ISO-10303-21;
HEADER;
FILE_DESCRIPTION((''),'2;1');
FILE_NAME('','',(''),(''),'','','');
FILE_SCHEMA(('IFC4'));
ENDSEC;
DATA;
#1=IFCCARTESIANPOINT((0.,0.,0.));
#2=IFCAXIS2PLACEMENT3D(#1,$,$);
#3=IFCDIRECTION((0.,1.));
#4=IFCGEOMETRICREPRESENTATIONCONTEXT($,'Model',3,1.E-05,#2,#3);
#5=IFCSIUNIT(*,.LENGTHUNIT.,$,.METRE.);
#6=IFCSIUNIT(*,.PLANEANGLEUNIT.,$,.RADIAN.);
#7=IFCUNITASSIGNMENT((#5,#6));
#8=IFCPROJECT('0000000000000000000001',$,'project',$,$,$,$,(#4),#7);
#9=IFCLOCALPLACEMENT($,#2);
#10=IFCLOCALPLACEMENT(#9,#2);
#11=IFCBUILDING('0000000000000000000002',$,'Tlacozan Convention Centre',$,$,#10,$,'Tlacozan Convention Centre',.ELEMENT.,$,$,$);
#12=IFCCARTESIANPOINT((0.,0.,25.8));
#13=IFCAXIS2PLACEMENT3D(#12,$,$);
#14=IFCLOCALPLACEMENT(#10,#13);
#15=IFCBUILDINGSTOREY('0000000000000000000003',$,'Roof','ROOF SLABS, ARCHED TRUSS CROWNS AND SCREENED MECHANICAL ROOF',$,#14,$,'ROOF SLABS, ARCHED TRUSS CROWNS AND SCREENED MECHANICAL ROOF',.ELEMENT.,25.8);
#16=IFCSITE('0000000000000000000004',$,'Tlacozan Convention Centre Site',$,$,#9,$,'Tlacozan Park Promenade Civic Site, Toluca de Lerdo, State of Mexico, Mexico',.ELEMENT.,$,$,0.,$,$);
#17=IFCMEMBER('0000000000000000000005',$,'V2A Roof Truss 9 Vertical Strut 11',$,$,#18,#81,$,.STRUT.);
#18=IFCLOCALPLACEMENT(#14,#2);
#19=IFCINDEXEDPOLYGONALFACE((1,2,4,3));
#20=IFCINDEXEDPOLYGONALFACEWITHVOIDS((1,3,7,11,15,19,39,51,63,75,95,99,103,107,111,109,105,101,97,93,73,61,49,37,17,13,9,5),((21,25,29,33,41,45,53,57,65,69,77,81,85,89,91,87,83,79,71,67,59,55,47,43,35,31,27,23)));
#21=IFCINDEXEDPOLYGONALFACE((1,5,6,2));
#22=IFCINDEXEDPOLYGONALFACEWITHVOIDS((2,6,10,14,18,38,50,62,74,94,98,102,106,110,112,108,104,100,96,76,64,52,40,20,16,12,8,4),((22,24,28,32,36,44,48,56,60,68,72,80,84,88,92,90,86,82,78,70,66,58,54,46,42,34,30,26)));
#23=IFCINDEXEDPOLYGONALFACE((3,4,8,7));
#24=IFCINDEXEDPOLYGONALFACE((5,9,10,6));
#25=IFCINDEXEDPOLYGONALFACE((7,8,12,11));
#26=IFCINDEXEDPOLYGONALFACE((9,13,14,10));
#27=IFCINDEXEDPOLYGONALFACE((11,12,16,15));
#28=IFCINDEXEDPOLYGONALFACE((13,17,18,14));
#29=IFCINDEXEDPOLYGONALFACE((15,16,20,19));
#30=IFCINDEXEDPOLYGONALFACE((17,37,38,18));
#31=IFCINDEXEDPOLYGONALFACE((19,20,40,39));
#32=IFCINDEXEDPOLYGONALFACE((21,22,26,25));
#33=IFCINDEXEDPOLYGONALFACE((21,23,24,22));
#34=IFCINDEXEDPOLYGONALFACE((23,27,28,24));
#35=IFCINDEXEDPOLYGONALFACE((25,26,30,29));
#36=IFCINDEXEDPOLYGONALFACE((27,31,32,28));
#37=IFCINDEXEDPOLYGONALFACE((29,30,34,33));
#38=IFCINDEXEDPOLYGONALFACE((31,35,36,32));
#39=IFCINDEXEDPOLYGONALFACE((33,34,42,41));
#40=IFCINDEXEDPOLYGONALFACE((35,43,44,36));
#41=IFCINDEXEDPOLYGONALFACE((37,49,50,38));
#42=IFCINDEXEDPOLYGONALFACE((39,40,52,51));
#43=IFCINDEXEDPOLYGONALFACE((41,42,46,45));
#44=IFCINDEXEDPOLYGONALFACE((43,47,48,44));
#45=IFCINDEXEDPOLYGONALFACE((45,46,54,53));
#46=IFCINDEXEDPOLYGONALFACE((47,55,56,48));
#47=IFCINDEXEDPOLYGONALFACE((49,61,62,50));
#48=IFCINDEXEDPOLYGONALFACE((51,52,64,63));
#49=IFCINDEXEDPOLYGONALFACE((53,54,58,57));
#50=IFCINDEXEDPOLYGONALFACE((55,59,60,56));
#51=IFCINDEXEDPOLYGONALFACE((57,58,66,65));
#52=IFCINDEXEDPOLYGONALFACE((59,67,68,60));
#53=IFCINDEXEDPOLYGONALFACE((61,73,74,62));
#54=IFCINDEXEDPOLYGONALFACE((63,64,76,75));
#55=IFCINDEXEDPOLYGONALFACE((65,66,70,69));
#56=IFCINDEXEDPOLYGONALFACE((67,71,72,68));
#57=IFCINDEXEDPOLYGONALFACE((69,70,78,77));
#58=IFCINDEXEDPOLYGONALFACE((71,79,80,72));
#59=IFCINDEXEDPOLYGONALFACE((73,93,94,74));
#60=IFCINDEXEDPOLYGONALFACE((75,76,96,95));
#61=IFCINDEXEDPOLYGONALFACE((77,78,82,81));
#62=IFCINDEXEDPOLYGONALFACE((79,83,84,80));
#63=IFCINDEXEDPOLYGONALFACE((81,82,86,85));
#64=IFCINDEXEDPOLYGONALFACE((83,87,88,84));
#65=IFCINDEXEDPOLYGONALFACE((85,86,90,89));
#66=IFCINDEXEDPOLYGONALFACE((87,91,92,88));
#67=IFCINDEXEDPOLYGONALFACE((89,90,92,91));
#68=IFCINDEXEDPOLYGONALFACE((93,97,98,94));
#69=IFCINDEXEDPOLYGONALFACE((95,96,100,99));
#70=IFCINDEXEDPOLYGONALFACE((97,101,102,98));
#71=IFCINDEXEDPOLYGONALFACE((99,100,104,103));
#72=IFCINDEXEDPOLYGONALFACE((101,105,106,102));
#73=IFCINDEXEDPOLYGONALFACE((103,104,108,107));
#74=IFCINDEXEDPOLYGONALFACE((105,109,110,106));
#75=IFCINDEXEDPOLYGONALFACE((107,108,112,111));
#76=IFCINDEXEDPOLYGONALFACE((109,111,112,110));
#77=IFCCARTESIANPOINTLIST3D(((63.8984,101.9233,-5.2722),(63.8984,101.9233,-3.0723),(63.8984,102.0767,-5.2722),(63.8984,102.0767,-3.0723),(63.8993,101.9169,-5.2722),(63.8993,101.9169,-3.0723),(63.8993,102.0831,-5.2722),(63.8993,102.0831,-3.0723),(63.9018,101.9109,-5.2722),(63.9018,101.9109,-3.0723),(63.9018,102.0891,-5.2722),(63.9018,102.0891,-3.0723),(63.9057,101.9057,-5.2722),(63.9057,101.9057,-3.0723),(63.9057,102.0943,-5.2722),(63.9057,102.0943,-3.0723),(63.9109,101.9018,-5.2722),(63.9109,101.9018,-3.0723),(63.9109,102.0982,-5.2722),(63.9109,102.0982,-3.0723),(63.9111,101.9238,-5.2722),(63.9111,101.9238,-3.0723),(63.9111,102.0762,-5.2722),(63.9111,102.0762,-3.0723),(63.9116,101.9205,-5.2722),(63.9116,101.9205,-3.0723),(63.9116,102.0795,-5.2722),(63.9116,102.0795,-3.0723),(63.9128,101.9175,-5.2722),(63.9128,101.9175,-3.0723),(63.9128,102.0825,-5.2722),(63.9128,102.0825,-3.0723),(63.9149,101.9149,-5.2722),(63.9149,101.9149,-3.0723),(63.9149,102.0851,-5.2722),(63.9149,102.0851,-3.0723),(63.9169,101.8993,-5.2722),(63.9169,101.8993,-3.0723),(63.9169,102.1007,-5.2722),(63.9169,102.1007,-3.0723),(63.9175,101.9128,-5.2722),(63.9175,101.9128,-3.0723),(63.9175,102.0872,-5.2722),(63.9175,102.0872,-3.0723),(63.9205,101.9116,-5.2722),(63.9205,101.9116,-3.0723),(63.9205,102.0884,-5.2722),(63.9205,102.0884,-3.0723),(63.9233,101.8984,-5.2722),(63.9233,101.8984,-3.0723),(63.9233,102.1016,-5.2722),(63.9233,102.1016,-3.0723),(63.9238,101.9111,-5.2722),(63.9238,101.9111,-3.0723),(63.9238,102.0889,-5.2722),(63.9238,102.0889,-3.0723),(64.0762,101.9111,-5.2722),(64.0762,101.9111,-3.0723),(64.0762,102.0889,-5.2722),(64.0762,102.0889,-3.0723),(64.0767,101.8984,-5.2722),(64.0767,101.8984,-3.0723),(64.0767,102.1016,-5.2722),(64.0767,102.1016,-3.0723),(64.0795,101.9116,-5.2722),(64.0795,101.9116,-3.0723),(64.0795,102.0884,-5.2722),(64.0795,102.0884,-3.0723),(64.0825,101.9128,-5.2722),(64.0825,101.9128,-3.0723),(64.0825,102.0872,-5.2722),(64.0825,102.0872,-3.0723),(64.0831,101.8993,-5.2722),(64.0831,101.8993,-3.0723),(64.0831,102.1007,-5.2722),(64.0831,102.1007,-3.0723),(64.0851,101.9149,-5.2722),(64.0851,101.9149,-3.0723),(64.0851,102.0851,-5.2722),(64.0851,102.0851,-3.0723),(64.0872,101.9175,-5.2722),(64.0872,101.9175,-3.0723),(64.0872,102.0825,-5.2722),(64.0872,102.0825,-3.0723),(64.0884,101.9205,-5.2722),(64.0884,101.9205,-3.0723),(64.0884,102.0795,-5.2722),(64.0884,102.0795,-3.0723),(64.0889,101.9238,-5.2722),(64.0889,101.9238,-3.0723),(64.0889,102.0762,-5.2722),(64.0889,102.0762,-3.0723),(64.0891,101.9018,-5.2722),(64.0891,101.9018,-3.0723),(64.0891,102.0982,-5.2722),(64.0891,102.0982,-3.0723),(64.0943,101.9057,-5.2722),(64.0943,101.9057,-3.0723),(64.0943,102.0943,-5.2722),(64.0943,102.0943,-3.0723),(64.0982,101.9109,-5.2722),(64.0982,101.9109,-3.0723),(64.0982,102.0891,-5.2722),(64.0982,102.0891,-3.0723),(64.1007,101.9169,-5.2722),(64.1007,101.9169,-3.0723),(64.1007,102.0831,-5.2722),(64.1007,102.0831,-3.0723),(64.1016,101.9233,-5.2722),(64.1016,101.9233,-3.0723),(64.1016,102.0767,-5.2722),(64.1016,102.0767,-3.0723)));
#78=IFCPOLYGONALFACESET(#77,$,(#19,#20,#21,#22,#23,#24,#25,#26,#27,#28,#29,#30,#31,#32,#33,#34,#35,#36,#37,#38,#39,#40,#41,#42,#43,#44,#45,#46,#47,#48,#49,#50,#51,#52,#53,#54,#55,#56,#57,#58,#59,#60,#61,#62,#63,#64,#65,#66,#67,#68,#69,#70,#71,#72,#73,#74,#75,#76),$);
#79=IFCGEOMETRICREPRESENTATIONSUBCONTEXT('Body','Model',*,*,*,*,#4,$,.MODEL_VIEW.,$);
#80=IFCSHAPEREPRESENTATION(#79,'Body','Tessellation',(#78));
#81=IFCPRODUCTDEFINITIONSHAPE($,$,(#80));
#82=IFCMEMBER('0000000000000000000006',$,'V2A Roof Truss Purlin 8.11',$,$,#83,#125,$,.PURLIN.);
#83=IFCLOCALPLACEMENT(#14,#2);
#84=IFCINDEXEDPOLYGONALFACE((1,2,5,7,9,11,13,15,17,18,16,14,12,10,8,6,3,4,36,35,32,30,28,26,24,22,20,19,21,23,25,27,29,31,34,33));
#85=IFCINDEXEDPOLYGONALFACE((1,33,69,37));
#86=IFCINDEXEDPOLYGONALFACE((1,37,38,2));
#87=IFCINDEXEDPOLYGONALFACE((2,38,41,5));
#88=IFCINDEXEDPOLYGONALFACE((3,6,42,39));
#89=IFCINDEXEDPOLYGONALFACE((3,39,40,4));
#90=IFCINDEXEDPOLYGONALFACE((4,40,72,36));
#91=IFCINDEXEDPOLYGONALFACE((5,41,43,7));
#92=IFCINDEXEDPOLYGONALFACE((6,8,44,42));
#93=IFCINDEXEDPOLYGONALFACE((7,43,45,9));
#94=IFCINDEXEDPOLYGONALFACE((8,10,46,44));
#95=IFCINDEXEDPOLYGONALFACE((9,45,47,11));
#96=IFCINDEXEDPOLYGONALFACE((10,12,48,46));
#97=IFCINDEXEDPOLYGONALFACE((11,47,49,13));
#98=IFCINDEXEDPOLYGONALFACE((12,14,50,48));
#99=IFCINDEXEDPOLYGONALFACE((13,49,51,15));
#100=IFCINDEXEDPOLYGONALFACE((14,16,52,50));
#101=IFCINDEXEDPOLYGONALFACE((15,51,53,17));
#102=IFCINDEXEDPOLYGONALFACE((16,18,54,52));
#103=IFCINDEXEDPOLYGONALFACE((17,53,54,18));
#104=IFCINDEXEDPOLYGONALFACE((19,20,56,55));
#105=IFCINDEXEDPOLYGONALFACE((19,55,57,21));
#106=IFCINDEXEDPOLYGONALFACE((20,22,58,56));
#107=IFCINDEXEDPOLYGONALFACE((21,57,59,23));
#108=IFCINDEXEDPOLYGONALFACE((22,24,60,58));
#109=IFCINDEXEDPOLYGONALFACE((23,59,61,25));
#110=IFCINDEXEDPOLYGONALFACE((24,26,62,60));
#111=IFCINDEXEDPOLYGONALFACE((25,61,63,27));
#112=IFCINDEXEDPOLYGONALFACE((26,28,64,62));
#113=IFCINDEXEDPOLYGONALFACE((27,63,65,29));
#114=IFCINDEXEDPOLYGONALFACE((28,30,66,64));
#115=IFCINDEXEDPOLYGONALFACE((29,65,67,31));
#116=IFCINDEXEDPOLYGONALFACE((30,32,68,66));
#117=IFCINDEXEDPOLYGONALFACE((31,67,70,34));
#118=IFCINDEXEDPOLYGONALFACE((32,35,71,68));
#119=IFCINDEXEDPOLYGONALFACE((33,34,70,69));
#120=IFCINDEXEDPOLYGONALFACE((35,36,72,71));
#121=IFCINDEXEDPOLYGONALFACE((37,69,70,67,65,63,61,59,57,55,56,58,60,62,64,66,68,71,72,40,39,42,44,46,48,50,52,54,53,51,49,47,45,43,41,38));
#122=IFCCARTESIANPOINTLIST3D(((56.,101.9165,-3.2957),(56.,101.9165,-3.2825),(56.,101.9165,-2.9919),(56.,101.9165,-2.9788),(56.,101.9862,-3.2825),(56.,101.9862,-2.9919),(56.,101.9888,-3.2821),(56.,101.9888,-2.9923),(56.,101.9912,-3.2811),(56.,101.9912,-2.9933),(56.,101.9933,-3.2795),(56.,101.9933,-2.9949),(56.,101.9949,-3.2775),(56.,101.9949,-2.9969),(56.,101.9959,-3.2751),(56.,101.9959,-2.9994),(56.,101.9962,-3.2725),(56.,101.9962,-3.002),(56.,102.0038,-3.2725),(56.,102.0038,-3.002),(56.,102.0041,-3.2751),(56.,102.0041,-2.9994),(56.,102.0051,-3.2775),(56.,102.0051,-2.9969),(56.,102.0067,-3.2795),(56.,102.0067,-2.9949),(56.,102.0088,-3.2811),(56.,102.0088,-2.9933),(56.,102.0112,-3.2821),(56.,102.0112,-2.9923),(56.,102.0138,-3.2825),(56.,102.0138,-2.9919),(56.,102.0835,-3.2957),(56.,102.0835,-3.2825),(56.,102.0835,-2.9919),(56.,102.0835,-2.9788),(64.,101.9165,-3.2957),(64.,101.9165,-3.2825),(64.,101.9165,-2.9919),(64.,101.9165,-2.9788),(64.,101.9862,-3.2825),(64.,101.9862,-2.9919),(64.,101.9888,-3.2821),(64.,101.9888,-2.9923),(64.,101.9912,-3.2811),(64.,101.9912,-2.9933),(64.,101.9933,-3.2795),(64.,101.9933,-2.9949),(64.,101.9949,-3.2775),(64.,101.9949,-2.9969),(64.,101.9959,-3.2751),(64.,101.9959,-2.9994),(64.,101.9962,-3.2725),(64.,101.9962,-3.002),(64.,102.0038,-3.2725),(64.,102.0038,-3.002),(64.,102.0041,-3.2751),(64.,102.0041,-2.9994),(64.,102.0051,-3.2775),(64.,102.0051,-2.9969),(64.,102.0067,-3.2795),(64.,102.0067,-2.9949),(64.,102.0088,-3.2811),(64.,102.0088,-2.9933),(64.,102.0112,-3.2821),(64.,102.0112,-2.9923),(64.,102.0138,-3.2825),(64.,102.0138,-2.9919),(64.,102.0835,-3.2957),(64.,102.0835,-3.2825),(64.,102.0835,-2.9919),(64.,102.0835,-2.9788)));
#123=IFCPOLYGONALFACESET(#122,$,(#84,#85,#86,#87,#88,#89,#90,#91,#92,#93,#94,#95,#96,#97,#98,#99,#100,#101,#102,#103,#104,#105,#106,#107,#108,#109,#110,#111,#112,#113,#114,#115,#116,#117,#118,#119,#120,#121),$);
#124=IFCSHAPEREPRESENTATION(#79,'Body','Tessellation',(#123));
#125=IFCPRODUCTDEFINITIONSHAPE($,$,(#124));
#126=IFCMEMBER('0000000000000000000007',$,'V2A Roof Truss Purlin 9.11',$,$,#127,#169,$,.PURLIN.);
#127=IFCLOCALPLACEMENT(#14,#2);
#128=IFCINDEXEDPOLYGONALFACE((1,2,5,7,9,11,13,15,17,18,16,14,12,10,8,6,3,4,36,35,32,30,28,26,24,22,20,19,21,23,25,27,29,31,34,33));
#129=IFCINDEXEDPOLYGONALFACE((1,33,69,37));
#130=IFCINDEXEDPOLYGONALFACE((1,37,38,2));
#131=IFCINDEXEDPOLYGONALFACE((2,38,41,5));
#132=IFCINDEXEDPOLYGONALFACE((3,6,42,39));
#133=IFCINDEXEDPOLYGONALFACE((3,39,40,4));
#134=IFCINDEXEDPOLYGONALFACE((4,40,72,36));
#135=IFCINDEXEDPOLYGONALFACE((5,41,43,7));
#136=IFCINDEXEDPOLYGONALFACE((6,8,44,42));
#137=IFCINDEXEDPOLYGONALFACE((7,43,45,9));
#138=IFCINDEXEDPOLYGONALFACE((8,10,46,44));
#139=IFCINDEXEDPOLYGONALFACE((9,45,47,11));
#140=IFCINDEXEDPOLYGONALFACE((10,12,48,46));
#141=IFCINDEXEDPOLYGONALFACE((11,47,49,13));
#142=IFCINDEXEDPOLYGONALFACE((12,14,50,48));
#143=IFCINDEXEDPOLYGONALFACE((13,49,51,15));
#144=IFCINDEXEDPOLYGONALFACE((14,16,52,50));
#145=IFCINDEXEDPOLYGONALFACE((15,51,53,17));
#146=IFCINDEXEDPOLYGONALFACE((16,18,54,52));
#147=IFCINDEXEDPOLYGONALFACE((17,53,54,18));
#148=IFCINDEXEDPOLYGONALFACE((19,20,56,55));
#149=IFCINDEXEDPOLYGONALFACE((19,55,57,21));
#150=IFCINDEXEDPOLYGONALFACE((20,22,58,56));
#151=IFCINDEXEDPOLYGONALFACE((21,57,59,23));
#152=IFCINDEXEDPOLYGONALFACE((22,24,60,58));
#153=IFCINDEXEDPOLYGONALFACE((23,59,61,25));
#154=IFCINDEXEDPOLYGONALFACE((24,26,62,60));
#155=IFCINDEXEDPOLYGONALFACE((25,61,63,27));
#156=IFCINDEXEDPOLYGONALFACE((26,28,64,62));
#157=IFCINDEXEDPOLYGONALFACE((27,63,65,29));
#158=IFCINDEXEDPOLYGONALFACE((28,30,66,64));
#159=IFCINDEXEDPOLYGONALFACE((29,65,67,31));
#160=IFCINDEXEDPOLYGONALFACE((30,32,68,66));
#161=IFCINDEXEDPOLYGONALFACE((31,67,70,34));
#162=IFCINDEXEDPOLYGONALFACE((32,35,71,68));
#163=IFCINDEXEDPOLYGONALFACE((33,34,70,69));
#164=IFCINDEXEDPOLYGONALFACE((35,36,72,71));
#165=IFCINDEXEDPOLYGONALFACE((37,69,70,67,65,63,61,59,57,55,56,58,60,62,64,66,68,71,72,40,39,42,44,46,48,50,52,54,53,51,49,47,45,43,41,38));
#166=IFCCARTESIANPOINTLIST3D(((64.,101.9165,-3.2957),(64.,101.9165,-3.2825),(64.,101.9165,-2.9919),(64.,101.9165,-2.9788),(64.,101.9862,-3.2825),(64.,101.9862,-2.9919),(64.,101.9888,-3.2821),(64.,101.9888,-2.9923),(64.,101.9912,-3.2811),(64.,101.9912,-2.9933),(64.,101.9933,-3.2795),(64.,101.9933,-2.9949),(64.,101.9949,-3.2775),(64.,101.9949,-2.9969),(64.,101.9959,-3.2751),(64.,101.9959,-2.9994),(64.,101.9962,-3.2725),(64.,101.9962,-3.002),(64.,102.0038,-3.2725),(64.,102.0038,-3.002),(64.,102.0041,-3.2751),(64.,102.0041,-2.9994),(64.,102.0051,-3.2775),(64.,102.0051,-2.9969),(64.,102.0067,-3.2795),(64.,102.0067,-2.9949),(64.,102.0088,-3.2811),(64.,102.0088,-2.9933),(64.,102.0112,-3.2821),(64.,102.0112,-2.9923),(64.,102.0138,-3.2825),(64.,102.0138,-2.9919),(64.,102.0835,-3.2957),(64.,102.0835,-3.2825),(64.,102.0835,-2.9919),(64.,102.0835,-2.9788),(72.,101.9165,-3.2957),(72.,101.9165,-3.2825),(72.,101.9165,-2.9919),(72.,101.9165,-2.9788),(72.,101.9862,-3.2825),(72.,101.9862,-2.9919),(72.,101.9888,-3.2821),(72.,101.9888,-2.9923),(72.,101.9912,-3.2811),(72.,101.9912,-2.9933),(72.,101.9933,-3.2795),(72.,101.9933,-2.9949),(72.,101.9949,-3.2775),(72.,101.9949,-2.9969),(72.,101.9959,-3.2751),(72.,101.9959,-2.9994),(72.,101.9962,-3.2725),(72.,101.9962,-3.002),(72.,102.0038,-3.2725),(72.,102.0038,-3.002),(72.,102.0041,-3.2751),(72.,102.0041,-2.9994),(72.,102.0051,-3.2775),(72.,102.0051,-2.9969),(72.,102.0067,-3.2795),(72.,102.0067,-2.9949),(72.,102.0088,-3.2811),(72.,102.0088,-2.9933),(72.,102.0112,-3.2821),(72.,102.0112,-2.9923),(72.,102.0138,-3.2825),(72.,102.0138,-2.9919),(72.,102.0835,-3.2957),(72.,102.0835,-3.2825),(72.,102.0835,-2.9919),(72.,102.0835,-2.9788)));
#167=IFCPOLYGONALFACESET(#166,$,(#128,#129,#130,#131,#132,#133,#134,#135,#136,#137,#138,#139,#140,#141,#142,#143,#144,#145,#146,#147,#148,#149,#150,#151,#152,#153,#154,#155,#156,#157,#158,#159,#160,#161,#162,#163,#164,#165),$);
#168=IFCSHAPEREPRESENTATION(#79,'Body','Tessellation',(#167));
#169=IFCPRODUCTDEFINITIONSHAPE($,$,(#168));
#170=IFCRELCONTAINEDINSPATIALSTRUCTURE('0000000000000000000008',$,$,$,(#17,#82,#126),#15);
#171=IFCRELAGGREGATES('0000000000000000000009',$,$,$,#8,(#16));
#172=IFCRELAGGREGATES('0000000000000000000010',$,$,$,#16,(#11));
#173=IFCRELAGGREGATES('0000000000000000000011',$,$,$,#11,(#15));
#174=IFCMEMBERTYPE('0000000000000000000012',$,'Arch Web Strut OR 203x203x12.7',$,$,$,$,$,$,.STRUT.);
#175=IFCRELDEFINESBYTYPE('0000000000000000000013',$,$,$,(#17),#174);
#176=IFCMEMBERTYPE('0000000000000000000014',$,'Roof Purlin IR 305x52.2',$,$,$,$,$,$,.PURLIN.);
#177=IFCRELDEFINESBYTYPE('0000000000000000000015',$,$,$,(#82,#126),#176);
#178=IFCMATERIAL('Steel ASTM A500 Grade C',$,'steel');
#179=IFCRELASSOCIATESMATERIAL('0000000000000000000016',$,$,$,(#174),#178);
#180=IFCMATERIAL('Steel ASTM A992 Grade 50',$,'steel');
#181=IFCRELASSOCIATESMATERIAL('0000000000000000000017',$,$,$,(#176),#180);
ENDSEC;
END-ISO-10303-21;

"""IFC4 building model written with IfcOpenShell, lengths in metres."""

from ifc_helpers import new_model, si_unit, direction, frame, origin, origin_2d, place, context, subcontext, project, spatial, hollow_rectangle, i_section, extrude, material, material_profile, profile_set, type_object, element, save


model = new_model("IFC4")

# Units and contexts
model_context = context("Model", 3, precision=1e-05, world=origin(), true_north=direction((0.0, 1.0)))
body_context = subcontext(model_context, "Body", "Model", "MODEL_VIEW")
ifc_project = project(units=[si_unit("LENGTHUNIT", "METRE"), si_unit("PLANEANGLEUNIT", "RADIAN")], contexts=[model_context])

# Site, building, storey
site_placement = place(None, origin())
site = spatial("IfcSite", under=ifc_project, at=site_placement, Name="Tlacozan Convention Centre Site", LongName="Tlacozan Park Promenade Civic Site, Toluca de Lerdo, State of Mexico, Mexico", CompositionType="ELEMENT", RefElevation=0.0)
building_placement = place(site_placement, origin())
building = spatial("IfcBuilding", under=site, at=building_placement, Name="Tlacozan Convention Centre", LongName="Tlacozan Convention Centre", CompositionType="ELEMENT")
storey_placement = place(building_placement, frame((0.0, 0.0, 25.8)))
storey = spatial("IfcBuildingStorey", under=building, at=storey_placement, Name="Roof", Description="ROOF SLABS, ARCHED TRUSS CROWNS AND SCREENED MECHANICAL ROOF", LongName="ROOF SLABS, ARCHED TRUSS CROWNS AND SCREENED MECHANICAL ROOF", CompositionType="ELEMENT", Elevation=25.8)

# Members
ifc_material_1 = material(Name="Steel ASTM A500 Grade C", Category="steel")
ifc_material_profile_1 = material_profile(ifc_material_1, hollow_rectangle(XDim=0.2031, YDim=0.2031, WallThickness=0.0127, InnerFilletRadius=0.0127, OuterFilletRadius=0.0249, at=origin_2d()), Name="OR 203x203x12.7")
ifc_profile_set_1 = profile_set([ifc_material_profile_1], Name="Steel ASTM A500 Grade C")
member_type_1 = type_object("IfcMemberType", Name="Arch Web Strut OR 203x203x12.7", PredefinedType="STRUT", material=ifc_profile_set_1)
for number, where, z_axis, x_axis, name in (
    (1, (64.0, 102.0, -5.2722), (0.0, 0.0, 1.0), (1.0, 0.0, 0.0), "V2A Roof Truss 9 Vertical Strut 11"),
):
    element("IfcMember", number, at=place(storey_placement, frame(where, z_axis=z_axis, x_axis=x_axis)), inside=storey, type_object=member_type_1, Name=name, PredefinedType="STRUT", context=body_context, shape_type="SweptSolid", body=[
        extrude(hollow_rectangle(XDim=0.2031, YDim=0.2031, WallThickness=0.0127, InnerFilletRadius=0.0127, OuterFilletRadius=0.0249, at=origin_2d()), origin(), (0.0, 0.0, 1.0), 2.2),
    ])
ifc_material_2 = material(Name="Steel ASTM A992 Grade 50", Category="steel")
ifc_material_profile_2 = material_profile(ifc_material_2, i_section(OverallWidth=0.167, OverallDepth=0.3169, WebThickness=0.0076, FlangeThickness=0.0132, FilletRadius=0.01, at=origin_2d()), Name="IR 305x52.2")
ifc_profile_set_2 = profile_set([ifc_material_profile_2], Name="Steel ASTM A992 Grade 50")
member_type_2 = type_object("IfcMemberType", Name="Roof Purlin IR 305x52.2", PredefinedType="PURLIN", material=ifc_profile_set_2)
for number, where, z_axis, x_axis, name in (
    (2, (56.0, 102.0, -3.1372), (1.0, 0.0, 0.0), (0.0, 1.0, 0.0), "V2A Roof Truss Purlin 8.11"),
    (3, (64.0, 102.0, -3.1372), (1.0, 0.0, 0.0), (0.0, 1.0, 0.0), "V2A Roof Truss Purlin 9.11"),
):
    element("IfcMember", number, at=place(storey_placement, frame(where, z_axis=z_axis, x_axis=x_axis)), inside=storey, type_object=member_type_2, Name=name, PredefinedType="PURLIN", context=body_context, shape_type="SweptSolid", body=[
        extrude(i_section(OverallWidth=0.167, OverallDepth=0.3169, WebThickness=0.0076, FlangeThickness=0.0132, FilletRadius=0.01, at=origin_2d()), origin(), (0.0, 0.0, 1.0), 8.0),
    ])

save(model, "model.ifc")
